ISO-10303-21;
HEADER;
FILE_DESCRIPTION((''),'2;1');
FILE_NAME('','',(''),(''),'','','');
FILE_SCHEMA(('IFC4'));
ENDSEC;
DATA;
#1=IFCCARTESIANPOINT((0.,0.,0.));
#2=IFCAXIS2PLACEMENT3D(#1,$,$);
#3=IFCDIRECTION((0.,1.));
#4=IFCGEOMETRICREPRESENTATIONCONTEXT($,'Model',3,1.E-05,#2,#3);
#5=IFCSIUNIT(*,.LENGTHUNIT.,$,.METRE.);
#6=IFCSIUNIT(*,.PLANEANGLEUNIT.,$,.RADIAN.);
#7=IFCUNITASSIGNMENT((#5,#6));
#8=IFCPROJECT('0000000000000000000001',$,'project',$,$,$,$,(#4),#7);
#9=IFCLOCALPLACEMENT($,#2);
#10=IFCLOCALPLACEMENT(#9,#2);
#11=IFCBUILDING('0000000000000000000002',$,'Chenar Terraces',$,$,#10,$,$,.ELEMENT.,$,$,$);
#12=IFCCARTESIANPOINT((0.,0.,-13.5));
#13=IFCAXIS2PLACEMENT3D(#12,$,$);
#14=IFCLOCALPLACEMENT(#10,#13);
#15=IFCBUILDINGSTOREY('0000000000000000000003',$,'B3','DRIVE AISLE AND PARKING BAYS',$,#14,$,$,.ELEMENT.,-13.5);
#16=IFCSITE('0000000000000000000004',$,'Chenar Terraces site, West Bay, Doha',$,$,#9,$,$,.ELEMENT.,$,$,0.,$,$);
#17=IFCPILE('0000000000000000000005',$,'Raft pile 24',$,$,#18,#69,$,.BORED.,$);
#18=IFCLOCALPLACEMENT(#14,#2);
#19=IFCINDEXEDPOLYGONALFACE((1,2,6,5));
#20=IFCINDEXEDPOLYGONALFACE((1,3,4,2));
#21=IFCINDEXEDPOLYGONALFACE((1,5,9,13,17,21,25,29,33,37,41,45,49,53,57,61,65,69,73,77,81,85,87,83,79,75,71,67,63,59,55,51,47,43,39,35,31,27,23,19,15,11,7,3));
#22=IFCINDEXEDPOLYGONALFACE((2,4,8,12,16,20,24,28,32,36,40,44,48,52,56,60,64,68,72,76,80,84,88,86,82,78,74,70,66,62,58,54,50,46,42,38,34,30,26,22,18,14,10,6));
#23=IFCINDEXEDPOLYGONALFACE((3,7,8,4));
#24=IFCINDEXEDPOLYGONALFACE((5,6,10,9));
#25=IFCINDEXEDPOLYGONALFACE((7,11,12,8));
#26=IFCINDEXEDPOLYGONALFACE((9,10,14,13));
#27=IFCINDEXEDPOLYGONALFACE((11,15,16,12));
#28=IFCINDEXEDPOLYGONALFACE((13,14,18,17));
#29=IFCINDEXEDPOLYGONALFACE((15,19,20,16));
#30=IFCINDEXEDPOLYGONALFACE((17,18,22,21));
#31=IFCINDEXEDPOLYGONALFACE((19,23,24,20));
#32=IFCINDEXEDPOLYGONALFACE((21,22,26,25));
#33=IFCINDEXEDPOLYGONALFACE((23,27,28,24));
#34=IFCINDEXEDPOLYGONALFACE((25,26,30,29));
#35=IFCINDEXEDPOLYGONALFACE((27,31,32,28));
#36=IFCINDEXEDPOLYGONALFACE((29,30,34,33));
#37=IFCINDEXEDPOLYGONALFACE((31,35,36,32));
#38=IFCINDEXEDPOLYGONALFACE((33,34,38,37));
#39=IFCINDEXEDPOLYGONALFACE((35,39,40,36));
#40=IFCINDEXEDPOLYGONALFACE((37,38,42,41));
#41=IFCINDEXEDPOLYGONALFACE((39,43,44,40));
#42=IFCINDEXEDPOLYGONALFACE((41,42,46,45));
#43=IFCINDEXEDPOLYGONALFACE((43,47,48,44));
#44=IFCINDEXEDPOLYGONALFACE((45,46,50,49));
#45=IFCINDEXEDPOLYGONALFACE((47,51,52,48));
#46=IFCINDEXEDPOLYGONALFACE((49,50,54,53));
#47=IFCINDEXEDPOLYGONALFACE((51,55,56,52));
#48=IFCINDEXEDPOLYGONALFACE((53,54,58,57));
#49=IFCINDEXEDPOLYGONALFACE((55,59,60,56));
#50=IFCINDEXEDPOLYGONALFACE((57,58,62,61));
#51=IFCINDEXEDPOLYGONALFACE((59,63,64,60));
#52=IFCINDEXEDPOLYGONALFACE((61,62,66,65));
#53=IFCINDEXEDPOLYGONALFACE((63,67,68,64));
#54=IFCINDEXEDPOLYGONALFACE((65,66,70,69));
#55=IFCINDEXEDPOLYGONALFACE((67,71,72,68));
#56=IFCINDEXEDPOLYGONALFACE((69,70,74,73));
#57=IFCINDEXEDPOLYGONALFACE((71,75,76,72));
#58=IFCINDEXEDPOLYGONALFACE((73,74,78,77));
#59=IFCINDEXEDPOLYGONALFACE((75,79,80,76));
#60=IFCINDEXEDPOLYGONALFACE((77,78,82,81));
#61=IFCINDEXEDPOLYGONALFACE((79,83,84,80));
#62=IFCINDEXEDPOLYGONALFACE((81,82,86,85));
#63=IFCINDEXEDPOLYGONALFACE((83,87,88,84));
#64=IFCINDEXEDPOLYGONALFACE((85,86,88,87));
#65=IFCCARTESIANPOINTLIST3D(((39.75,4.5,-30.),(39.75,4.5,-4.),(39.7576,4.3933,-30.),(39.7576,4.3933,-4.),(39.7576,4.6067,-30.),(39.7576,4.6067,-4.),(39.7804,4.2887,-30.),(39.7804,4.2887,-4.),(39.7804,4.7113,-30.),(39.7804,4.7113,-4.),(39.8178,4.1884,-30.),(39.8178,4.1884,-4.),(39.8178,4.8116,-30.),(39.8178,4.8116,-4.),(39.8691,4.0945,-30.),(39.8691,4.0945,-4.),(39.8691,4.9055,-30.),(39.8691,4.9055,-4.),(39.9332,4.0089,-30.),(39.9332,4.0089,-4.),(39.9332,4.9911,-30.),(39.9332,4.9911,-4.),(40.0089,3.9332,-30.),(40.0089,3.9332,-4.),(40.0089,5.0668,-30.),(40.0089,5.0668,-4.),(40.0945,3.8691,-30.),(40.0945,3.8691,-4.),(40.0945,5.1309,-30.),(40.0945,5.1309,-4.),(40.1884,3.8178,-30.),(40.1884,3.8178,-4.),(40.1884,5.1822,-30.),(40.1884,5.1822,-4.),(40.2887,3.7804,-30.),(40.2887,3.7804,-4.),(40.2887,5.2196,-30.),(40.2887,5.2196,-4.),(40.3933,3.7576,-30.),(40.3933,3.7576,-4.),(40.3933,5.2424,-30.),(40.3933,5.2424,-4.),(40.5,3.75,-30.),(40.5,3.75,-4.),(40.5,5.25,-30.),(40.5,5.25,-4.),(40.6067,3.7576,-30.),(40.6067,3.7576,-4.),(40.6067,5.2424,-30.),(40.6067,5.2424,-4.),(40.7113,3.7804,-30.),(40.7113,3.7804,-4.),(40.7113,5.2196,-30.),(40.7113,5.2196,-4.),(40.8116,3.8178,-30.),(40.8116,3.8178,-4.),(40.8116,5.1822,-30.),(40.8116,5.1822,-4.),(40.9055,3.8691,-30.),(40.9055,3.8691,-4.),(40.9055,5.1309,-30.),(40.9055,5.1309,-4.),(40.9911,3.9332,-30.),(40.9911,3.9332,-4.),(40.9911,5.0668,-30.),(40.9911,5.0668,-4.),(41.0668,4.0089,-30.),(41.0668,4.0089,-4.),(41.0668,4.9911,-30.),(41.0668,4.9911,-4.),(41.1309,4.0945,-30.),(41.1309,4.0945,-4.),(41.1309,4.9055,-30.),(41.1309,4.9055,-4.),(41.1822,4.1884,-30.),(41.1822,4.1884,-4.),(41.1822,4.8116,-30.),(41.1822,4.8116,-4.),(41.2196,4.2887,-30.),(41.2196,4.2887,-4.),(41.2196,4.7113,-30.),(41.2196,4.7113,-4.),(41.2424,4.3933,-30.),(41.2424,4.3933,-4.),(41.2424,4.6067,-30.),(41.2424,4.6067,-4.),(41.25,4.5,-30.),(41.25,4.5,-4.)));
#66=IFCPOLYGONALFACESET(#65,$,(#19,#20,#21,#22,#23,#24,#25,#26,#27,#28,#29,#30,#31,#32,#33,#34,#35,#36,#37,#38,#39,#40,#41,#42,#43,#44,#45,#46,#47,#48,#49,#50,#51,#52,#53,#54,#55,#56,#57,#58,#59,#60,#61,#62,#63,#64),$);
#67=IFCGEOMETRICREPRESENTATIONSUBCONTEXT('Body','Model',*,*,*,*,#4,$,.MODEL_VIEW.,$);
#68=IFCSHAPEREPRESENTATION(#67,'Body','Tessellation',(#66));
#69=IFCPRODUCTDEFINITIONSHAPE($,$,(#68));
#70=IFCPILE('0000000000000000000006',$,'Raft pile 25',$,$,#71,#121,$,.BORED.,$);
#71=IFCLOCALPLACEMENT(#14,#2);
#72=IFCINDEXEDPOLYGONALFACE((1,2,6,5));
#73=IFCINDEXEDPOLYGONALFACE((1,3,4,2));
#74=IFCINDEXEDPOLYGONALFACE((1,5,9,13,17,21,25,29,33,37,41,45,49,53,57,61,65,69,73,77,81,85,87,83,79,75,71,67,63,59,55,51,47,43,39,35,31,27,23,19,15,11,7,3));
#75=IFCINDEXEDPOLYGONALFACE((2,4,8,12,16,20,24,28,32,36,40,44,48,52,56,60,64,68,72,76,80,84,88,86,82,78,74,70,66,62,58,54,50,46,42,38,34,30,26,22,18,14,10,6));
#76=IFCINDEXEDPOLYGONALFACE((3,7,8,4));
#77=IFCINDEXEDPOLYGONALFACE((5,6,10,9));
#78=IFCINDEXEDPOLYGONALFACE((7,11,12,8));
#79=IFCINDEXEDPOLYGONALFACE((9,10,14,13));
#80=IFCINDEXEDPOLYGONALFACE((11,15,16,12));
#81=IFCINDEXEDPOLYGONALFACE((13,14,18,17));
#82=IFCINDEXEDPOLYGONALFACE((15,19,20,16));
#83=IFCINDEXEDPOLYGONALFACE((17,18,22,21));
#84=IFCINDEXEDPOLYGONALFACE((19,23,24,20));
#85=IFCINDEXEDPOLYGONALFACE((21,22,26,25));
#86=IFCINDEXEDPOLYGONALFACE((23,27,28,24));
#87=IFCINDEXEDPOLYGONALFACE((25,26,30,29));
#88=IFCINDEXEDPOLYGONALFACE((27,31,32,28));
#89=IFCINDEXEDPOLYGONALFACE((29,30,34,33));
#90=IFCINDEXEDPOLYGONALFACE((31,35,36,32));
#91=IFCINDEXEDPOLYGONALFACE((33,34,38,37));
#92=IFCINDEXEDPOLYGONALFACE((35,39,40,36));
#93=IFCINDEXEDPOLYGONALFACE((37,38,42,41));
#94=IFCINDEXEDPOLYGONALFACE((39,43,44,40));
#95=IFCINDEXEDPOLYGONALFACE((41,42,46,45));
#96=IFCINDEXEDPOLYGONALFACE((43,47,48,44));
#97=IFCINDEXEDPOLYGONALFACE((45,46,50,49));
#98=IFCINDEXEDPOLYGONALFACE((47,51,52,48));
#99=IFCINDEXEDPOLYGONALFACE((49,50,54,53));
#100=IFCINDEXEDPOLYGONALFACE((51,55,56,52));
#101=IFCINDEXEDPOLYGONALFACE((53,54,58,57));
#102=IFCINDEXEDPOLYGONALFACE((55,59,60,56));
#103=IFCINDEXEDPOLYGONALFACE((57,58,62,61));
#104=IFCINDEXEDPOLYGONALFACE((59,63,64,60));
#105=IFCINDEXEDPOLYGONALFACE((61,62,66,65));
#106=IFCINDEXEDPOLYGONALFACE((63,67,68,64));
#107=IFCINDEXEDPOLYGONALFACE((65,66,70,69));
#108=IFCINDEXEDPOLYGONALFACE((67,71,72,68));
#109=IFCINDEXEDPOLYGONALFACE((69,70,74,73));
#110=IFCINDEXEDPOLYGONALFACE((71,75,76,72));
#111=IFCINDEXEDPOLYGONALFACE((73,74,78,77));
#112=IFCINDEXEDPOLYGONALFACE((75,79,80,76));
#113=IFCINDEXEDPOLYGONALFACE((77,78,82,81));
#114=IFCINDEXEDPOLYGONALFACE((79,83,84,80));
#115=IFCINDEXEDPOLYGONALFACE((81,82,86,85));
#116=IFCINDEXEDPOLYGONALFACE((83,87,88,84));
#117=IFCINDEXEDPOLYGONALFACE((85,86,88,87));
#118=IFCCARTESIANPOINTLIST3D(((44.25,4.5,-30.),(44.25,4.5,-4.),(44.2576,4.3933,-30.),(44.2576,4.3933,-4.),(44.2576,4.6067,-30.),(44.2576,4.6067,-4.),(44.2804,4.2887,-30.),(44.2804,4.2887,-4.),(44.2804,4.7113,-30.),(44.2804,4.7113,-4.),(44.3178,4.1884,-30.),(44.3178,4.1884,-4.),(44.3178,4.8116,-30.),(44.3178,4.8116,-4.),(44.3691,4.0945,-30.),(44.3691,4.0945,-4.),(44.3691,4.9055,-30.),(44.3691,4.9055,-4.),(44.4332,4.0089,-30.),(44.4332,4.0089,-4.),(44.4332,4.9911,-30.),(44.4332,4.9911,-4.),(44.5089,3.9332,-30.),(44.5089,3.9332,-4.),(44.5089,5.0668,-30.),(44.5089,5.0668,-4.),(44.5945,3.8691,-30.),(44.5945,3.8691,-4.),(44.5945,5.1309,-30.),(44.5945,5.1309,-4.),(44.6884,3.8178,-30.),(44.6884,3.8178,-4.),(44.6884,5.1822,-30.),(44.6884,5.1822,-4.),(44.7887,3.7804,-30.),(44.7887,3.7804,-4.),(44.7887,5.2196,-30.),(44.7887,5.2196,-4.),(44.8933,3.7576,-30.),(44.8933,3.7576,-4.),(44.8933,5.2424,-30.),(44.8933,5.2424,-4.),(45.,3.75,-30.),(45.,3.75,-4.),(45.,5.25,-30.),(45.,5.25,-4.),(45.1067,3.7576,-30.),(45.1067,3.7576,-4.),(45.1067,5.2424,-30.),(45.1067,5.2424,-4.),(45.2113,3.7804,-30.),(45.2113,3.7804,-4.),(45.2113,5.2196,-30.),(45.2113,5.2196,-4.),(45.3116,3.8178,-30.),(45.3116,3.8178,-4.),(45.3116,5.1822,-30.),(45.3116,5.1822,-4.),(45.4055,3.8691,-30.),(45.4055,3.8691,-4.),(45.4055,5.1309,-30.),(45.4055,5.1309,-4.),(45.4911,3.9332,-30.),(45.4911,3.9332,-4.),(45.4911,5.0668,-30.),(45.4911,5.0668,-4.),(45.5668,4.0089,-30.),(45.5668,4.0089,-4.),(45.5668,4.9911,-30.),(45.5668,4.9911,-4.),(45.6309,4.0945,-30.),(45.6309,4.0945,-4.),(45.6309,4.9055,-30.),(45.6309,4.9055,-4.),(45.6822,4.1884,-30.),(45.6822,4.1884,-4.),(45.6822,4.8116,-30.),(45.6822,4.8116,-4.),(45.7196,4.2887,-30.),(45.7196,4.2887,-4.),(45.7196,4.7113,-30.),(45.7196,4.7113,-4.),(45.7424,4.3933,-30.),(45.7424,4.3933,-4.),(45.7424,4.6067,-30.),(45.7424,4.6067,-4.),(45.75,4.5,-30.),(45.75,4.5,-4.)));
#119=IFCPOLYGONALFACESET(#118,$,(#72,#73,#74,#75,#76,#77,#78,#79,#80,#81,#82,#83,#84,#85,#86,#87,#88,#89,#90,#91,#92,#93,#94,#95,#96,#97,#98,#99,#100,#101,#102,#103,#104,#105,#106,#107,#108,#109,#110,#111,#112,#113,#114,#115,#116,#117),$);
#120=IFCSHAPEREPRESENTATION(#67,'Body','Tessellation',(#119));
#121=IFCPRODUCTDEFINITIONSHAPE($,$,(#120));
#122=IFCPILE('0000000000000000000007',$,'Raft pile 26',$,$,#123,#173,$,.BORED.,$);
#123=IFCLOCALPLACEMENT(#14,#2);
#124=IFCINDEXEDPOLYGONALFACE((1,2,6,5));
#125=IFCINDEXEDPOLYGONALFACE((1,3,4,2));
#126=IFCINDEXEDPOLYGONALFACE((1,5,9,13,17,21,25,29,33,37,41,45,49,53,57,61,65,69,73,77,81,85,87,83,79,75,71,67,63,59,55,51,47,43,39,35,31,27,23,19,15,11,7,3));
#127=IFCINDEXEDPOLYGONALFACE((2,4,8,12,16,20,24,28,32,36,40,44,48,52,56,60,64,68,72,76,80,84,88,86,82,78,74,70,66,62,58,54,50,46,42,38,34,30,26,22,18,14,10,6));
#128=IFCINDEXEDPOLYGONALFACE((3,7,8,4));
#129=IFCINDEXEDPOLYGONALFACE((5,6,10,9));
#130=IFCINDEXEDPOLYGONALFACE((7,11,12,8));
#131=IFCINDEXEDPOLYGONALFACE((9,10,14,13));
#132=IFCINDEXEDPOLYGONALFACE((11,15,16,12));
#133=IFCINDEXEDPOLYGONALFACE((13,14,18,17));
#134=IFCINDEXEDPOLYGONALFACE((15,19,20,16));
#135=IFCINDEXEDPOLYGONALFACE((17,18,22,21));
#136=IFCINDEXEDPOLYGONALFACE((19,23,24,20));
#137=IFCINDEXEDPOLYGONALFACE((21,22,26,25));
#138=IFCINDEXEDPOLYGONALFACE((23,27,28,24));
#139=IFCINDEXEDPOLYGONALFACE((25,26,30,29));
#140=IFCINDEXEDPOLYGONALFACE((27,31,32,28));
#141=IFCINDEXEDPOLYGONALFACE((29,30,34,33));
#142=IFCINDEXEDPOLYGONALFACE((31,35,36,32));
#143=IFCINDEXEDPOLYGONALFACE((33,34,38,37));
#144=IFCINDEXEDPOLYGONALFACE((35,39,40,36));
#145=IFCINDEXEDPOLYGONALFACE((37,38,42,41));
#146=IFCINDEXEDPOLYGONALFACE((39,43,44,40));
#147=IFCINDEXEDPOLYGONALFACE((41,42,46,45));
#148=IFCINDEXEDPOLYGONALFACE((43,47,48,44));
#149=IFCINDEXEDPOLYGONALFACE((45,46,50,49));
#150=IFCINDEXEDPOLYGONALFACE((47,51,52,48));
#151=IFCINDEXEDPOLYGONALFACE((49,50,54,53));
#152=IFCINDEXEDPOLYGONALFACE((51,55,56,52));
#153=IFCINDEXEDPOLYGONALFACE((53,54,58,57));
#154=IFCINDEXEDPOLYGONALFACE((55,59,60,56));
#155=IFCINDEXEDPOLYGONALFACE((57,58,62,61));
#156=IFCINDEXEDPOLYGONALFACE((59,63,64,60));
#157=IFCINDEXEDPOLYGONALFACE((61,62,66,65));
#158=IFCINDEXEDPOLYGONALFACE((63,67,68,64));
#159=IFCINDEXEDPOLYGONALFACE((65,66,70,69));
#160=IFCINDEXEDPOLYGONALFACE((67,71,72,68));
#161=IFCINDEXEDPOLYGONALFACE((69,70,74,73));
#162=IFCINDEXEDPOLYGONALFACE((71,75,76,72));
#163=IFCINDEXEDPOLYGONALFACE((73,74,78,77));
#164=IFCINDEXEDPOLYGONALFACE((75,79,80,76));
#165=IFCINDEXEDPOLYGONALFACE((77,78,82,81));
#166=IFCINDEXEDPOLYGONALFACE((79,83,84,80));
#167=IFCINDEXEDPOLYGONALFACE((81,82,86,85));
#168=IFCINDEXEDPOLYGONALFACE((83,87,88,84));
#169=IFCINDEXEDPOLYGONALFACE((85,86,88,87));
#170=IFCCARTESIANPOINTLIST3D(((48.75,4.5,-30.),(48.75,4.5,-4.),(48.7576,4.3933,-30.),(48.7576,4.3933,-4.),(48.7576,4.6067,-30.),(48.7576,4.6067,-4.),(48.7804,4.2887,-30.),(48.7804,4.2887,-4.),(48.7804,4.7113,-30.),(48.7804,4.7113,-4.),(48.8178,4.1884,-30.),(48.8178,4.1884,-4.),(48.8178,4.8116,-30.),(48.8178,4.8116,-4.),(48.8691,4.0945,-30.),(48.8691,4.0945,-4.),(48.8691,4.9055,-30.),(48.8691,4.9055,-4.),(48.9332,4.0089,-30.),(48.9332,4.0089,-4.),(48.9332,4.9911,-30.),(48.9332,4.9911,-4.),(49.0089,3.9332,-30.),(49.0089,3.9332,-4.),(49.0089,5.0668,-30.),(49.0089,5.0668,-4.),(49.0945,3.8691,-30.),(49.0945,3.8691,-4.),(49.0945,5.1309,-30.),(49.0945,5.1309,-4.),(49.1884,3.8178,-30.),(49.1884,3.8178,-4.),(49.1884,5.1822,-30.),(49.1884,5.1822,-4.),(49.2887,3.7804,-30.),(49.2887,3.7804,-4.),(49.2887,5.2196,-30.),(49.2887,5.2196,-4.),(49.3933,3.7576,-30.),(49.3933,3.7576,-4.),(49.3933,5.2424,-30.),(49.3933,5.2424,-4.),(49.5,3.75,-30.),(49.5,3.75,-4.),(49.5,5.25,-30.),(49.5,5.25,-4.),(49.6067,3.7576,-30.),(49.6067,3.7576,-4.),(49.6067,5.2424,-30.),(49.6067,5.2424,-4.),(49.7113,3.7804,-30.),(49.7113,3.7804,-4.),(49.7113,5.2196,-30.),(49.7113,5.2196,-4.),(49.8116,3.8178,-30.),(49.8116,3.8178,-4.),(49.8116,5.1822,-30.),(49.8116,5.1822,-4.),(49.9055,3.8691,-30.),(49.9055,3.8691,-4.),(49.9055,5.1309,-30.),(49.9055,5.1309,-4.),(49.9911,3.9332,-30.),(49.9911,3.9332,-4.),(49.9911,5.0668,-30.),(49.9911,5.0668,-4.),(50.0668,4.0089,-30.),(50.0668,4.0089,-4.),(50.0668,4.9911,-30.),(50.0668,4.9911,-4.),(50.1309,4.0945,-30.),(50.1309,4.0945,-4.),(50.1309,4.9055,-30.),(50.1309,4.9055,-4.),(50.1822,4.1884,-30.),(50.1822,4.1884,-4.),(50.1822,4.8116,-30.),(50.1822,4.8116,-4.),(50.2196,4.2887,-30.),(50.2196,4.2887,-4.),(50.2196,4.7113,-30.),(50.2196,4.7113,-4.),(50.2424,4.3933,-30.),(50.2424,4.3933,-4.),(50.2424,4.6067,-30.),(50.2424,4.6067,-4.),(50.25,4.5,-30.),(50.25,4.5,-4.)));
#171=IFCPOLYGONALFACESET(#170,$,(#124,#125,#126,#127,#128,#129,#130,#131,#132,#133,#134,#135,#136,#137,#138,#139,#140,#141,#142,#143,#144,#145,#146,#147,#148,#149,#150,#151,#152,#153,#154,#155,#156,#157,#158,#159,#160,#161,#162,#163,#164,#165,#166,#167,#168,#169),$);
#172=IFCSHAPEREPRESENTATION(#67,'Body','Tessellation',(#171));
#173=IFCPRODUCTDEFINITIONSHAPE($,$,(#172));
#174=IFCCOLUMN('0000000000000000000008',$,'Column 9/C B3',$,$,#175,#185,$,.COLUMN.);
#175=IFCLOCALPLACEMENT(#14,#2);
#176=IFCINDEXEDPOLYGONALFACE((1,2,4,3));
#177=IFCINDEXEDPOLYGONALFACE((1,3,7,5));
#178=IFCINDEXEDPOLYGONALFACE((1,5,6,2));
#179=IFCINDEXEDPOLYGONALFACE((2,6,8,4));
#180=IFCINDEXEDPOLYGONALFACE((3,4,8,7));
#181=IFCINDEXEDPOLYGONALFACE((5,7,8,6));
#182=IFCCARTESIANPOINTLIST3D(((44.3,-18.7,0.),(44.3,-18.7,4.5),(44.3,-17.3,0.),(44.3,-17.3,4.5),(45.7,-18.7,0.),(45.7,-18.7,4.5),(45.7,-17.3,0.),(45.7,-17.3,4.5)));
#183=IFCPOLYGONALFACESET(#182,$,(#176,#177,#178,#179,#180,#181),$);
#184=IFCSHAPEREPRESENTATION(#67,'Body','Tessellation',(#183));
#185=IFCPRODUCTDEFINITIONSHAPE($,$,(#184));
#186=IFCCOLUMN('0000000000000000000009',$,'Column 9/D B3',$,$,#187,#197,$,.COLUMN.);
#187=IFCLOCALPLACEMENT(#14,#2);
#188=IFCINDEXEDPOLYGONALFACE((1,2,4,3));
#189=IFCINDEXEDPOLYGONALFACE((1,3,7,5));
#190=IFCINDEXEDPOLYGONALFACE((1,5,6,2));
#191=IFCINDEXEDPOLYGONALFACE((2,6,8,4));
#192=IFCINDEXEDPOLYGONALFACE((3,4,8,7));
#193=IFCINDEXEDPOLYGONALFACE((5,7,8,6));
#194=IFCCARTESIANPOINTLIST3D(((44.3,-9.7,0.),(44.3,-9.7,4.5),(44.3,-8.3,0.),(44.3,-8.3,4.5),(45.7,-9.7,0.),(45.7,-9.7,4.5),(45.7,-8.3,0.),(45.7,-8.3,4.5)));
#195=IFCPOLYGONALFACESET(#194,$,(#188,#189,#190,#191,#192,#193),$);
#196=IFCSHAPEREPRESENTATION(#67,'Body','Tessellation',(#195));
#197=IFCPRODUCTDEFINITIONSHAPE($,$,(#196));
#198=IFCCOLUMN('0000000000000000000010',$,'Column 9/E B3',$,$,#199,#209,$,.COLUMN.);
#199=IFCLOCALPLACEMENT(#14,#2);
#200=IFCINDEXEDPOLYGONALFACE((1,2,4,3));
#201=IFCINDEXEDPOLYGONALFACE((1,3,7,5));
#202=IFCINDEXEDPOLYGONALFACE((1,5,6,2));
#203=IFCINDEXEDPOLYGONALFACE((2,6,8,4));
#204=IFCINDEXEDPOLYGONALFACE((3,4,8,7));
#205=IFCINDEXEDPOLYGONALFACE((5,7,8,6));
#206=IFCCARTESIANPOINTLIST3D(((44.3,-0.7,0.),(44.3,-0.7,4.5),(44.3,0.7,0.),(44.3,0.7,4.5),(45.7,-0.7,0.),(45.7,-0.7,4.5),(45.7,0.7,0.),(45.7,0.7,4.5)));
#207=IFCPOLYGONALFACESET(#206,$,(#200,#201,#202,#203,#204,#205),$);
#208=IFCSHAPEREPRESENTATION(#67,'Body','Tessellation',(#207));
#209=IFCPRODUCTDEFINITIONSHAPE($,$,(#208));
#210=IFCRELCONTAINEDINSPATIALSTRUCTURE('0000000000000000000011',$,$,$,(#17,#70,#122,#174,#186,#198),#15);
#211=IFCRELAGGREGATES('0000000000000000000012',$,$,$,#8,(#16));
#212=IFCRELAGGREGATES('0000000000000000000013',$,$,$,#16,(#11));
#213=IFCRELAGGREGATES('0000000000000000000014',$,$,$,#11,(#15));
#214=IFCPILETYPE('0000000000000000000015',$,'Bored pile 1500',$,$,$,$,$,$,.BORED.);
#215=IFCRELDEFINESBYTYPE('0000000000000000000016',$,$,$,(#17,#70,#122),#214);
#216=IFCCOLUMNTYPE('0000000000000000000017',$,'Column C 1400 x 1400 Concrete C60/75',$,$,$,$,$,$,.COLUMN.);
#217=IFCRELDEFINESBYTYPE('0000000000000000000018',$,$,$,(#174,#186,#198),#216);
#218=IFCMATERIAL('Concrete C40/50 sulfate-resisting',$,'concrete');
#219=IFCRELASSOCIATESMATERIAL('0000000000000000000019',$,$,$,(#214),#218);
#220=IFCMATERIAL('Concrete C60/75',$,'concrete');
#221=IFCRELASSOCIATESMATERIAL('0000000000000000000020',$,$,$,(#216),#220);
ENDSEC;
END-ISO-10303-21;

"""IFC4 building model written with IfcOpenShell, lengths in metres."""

from ifc_helpers import new_model, si_unit, direction, frame, origin, origin_2d, place, context, subcontext, project, spatial, rectangle, circle, extrude, material, material_profile, profile_set, type_object, element, save


model = new_model("IFC4")

# Units and contexts
model_context = context("Model", 3, precision=1e-05, world=origin(), true_north=direction((0.0, 1.0)))
body_context = subcontext(model_context, "Body", "Model", "MODEL_VIEW")
ifc_project = project(units=[si_unit("LENGTHUNIT", "METRE"), si_unit("PLANEANGLEUNIT", "RADIAN")], contexts=[model_context])

# Site, building, storey
site_placement = place(None, origin())
site = spatial("IfcSite", under=ifc_project, at=site_placement, Name="Chenar Terraces site, West Bay, Doha", CompositionType="ELEMENT", RefElevation=0.0)
building_placement = place(site_placement, origin())
building = spatial("IfcBuilding", under=site, at=building_placement, Name="Chenar Terraces", CompositionType="ELEMENT")
storey_placement = place(building_placement, frame((0.0, 0.0, -13.5)))
storey = spatial("IfcBuildingStorey", under=building, at=storey_placement, Name="B3", Description="DRIVE AISLE AND PARKING BAYS", CompositionType="ELEMENT", Elevation=-13.5)

# Piles
ifc_material_1 = material(Name="Concrete C40/50 sulfate-resisting", Category="concrete")
ifc_material_profile_1 = material_profile(ifc_material_1, circle(Radius=0.75, at=origin_2d()), Name="BP 1500")
ifc_profile_set_1 = profile_set([ifc_material_profile_1], Name="Concrete C40/50 sulfate-resisting")
pile_type_1 = type_object("IfcPileType", Name="Bored pile 1500", PredefinedType="BORED", material=ifc_profile_set_1)
for number, where, z_axis, x_axis, name in (
    (1, (40.5, 4.5, -4.0), (0.0, 0.0, -1.0), (1.0, 0.0, 0.0), "Raft pile 24"),
    (2, (45.0, 4.5, -4.0), (0.0, 0.0, -1.0), (1.0, 0.0, 0.0), "Raft pile 25"),
    (3, (49.5, 4.5, -4.0), (0.0, 0.0, -1.0), (1.0, 0.0, 0.0), "Raft pile 26"),
):
    element("IfcPile", number, at=place(storey_placement, frame(where, z_axis=z_axis, x_axis=x_axis)), inside=storey, type_object=pile_type_1, Name=name, PredefinedType="BORED", context=body_context, shape_type="SweptSolid", body=[
        extrude(circle(Radius=0.75, at=origin_2d()), origin(), (0.0, 0.0, 1.0), 26.0),
    ])

# Columns
ifc_material_2 = material(Name="Concrete C60/75", Category="concrete")
ifc_material_profile_2 = material_profile(ifc_material_2, rectangle(XDim=1.3999, YDim=1.3999, at=origin_2d()), Name="C 1400 x 1400")
ifc_profile_set_2 = profile_set([ifc_material_profile_2], Name="Concrete C60/75")
column_type = type_object("IfcColumnType", Name="Column C 1400 x 1400 Concrete C60/75", PredefinedType="COLUMN", material=ifc_profile_set_2)
for number, where, z_axis, x_axis, name in (
    (4, (45.0, -18.0, 0.0), (0.0, 0.0, 1.0), (1.0, 0.0, 0.0), "Column 9/C B3"),
    (5, (45.0, -9.0, 0.0), (0.0, 0.0, 1.0), (1.0, 0.0, 0.0), "Column 9/D B3"),
    (6, (45.0, 0.0, 0.0), (0.0, 0.0, 1.0), (1.0, 0.0, 0.0), "Column 9/E B3"),
):
    element("IfcColumn", number, at=place(storey_placement, frame(where, z_axis=z_axis, x_axis=x_axis)), inside=storey, type_object=column_type, Name=name, PredefinedType="COLUMN", context=body_context, shape_type="SweptSolid", body=[
        extrude(rectangle(XDim=1.3999, YDim=1.3999, at=origin_2d()), origin(), (0.0, 0.0, 1.0), 4.5),
    ])

save(model, "model.ifc")
